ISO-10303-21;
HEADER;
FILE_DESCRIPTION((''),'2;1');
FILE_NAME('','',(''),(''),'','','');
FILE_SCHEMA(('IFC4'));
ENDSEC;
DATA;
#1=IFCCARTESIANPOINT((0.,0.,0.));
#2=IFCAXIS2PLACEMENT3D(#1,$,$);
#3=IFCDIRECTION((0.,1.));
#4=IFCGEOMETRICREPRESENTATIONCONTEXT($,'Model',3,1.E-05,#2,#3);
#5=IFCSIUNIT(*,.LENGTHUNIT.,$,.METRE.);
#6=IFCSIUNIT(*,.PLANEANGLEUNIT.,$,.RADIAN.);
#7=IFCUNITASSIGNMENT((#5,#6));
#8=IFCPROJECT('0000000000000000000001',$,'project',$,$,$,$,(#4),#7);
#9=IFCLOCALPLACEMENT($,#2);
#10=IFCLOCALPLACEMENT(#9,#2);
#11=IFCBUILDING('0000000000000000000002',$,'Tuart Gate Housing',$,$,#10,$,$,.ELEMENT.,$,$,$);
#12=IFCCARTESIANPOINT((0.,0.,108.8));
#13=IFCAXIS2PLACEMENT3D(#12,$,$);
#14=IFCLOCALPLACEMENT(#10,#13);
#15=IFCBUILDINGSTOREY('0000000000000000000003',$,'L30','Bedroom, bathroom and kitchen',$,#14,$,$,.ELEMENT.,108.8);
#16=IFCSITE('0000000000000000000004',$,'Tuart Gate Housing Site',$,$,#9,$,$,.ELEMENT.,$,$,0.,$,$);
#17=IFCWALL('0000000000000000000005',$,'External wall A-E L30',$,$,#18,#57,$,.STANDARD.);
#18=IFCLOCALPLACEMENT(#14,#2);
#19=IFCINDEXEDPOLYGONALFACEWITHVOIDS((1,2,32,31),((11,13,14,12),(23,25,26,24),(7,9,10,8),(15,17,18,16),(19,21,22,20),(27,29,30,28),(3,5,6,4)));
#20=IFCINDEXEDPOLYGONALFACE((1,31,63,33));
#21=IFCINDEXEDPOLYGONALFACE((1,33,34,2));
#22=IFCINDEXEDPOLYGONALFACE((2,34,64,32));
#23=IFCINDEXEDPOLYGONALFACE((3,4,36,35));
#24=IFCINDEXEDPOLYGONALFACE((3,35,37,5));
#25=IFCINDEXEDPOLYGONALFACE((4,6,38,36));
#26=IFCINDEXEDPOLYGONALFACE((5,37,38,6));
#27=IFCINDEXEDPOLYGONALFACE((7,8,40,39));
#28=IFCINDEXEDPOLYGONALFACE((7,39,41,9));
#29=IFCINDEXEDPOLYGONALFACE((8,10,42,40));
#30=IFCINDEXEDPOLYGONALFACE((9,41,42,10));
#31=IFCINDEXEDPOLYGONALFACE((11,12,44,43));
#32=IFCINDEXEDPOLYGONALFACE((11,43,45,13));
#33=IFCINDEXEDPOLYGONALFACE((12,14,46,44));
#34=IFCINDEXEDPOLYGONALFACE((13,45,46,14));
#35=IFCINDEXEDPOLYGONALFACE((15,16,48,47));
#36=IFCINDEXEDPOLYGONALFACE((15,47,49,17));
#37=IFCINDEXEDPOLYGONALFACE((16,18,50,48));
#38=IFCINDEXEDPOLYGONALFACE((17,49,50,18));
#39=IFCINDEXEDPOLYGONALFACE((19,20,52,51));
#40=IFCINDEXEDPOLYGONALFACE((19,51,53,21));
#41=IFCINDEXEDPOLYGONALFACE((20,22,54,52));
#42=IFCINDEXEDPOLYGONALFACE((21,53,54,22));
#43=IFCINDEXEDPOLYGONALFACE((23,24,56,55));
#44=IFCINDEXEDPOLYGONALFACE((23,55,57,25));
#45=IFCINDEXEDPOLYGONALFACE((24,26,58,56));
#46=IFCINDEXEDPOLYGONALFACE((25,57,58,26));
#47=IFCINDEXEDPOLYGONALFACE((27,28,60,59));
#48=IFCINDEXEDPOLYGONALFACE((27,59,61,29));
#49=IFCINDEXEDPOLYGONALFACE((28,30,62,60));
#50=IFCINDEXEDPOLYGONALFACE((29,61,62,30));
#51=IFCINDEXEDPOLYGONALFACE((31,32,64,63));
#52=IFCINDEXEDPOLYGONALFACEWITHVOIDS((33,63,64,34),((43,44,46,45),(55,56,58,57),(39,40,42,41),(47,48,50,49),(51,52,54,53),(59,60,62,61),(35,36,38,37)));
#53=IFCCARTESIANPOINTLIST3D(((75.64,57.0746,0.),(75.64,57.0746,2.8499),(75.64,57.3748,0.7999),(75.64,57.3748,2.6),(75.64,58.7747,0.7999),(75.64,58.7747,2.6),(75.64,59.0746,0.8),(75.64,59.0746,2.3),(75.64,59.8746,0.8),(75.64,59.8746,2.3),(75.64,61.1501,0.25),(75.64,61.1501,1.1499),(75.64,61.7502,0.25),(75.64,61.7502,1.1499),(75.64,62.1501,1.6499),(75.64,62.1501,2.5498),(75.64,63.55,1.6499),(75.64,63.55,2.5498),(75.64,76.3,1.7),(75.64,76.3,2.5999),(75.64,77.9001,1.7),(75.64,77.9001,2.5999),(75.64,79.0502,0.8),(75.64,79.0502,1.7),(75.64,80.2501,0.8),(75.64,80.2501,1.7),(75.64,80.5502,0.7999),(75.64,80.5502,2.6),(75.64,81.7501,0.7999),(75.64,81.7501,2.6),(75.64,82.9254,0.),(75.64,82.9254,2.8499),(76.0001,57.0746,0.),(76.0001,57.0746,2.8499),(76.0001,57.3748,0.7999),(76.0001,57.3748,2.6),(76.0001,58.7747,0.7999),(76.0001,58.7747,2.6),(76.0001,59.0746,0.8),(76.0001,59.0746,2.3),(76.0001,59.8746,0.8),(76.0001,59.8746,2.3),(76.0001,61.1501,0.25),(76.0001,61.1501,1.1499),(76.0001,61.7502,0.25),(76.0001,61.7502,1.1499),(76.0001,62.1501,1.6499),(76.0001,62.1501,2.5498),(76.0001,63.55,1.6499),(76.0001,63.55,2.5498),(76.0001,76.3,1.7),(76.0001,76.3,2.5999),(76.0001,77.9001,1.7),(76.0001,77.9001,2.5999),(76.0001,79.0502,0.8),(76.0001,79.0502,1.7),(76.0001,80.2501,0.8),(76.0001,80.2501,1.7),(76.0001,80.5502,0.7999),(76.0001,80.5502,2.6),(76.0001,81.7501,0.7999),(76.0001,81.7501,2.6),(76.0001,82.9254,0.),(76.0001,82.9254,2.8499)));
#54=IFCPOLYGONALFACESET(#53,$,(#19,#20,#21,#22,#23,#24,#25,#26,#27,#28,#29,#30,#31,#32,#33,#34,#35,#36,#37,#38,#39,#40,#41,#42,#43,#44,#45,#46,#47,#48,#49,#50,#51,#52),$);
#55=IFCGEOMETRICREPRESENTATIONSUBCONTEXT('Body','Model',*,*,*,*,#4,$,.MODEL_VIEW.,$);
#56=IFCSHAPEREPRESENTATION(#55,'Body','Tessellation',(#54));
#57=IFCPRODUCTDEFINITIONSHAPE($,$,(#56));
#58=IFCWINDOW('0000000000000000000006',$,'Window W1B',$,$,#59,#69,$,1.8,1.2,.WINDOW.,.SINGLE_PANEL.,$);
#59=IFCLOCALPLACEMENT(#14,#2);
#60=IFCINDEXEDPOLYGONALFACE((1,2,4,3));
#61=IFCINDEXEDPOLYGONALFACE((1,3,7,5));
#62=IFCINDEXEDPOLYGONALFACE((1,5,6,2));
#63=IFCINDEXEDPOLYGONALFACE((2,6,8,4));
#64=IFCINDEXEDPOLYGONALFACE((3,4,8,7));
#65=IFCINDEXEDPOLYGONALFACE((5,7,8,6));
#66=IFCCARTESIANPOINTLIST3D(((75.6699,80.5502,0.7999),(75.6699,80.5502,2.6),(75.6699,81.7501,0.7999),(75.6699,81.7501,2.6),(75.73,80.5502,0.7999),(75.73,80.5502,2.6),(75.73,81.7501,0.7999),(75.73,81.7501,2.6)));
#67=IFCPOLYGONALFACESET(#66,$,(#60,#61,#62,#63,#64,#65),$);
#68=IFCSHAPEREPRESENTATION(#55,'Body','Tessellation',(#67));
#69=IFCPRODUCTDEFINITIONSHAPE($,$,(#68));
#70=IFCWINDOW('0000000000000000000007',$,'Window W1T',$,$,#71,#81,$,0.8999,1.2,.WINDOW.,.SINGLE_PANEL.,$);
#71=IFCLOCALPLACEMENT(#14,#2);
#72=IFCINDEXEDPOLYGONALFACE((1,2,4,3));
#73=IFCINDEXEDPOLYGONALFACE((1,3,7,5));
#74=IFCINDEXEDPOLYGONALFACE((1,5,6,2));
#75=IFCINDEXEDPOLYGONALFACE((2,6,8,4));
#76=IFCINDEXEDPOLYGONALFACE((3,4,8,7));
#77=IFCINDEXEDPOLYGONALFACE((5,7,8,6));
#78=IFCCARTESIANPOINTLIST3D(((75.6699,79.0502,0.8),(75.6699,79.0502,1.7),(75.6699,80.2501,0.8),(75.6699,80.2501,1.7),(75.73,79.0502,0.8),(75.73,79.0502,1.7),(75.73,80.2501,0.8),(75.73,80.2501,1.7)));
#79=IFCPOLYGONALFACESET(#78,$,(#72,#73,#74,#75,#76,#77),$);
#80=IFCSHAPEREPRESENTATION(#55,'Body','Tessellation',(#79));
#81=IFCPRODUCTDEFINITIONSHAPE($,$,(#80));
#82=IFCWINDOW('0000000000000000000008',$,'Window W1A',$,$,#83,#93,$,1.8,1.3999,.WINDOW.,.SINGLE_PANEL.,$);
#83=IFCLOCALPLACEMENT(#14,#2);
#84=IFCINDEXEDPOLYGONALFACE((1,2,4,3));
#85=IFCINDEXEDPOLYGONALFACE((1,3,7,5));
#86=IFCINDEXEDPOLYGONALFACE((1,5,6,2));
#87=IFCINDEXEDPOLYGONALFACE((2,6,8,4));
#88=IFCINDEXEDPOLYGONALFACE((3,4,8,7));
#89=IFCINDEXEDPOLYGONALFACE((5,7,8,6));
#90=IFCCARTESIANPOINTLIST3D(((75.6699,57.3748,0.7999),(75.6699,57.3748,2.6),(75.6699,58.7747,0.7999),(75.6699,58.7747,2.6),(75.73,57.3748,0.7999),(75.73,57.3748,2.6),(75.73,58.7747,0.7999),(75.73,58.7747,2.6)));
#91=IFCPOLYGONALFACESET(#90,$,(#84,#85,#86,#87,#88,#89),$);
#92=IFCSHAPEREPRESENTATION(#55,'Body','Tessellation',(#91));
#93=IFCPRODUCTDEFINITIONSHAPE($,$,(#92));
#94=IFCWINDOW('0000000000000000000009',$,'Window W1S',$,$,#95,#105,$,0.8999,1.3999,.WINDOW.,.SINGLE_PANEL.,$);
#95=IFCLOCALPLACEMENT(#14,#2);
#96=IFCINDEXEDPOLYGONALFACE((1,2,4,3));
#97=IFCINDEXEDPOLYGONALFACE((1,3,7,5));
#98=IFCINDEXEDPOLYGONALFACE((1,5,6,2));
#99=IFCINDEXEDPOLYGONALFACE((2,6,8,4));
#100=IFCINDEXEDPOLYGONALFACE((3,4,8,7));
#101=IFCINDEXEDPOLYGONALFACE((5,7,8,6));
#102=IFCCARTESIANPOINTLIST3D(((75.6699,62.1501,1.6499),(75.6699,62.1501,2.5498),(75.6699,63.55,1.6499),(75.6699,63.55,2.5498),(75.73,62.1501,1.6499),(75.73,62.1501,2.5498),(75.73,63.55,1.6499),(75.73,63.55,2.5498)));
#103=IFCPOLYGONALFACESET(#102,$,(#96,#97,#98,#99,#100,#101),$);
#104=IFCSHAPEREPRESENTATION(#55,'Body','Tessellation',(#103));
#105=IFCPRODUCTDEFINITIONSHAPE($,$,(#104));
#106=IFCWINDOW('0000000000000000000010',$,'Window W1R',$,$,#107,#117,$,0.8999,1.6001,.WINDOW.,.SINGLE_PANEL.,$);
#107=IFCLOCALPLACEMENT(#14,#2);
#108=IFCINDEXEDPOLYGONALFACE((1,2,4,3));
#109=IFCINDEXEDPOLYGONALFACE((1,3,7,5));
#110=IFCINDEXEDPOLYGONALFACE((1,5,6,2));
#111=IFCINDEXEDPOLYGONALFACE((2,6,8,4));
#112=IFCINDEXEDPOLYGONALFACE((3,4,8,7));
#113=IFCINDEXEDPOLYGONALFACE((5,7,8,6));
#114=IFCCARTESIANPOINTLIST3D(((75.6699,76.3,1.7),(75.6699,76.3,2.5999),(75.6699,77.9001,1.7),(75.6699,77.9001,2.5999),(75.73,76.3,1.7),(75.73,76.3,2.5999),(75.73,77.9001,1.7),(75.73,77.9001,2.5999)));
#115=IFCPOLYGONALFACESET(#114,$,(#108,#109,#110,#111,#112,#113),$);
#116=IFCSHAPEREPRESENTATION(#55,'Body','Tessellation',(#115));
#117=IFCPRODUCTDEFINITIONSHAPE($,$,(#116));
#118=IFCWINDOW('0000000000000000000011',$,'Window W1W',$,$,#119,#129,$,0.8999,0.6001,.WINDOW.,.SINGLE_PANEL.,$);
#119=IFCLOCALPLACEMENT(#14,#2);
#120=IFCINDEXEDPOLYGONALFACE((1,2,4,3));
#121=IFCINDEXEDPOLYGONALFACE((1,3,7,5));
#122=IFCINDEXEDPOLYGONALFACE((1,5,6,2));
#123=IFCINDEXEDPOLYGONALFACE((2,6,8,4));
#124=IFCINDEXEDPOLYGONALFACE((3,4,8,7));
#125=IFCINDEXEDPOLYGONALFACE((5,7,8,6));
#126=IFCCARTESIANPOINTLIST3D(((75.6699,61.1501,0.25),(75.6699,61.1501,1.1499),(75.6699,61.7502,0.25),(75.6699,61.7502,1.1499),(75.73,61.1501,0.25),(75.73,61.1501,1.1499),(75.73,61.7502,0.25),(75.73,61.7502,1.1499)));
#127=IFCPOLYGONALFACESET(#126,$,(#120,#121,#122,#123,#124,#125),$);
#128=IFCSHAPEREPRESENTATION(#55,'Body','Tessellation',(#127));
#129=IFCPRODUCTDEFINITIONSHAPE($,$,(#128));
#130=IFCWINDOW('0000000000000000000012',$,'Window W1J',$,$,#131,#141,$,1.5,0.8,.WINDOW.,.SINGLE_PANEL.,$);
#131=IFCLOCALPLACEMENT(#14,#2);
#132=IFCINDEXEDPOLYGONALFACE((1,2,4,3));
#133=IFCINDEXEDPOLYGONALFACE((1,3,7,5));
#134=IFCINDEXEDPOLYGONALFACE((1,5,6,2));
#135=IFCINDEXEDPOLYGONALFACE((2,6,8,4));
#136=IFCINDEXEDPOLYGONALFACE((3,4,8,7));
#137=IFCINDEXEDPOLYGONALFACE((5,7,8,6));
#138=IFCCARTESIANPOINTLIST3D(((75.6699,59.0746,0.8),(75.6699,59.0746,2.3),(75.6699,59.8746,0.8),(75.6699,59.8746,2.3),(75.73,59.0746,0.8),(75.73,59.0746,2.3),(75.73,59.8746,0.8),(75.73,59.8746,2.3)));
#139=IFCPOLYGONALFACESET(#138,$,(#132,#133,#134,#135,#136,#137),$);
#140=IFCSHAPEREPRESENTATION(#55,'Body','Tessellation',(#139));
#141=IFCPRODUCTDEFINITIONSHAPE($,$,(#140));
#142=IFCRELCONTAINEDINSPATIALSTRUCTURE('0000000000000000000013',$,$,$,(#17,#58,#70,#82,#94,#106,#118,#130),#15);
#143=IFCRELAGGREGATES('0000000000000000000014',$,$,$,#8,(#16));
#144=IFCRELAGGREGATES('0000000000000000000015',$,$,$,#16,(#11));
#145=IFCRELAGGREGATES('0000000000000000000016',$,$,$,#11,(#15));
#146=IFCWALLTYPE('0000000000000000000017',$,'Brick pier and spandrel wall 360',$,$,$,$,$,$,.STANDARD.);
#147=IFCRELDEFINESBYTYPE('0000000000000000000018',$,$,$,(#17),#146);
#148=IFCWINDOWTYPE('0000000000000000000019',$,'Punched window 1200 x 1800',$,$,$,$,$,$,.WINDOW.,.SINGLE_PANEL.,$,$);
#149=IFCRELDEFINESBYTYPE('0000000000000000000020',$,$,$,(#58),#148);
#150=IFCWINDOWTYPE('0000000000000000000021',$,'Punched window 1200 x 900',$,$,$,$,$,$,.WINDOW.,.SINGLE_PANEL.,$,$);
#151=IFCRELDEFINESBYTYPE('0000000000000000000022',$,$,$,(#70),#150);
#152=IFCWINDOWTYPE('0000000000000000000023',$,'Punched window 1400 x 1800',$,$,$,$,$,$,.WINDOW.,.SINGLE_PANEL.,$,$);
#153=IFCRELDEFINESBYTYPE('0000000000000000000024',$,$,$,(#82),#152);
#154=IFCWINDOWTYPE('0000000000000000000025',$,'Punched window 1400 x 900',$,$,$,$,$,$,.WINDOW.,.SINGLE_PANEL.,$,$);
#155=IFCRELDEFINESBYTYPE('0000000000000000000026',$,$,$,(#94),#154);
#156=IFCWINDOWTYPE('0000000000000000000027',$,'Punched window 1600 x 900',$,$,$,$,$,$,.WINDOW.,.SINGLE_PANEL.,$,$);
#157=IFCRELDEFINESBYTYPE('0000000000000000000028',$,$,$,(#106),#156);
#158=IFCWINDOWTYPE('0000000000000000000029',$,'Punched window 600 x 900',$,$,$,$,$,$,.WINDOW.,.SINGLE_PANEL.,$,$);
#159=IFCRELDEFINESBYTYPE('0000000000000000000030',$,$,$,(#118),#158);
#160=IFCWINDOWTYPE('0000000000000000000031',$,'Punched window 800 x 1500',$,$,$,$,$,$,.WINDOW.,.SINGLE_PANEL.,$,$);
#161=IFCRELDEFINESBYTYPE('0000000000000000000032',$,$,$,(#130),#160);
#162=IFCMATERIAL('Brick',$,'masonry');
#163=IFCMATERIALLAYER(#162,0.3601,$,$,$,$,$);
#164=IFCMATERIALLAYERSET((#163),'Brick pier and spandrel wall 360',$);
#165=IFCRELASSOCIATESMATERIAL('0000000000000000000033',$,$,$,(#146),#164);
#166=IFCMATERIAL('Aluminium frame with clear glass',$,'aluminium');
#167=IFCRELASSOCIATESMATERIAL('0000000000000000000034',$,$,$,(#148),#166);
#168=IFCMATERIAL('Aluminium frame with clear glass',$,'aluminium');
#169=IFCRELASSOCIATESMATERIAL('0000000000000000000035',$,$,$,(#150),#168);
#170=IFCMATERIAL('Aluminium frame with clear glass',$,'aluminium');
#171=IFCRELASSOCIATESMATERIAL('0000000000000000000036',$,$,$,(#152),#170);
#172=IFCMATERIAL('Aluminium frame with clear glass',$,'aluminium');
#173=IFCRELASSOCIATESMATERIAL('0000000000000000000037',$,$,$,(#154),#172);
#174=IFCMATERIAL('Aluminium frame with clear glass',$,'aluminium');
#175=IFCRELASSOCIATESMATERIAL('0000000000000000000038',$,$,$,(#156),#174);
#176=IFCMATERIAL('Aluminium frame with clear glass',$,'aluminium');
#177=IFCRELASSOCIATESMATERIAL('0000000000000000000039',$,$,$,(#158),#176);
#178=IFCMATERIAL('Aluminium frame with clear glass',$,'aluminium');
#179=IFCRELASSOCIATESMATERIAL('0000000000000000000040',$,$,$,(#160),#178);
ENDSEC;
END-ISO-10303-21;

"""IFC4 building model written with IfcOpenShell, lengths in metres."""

from ifc_helpers import new_model, si_unit, direction, frame, frame_2d, origin, place, context, subcontext, project, spatial, rectangle, extrude, material, layer, layer_set, type_object, element, fill, save


model = new_model("IFC4")

# Units and contexts
model_context = context("Model", 3, precision=1e-05, world=origin(), true_north=direction((0.0, 1.0)))
body_context = subcontext(model_context, "Body", "Model", "MODEL_VIEW")
ifc_project = project(units=[si_unit("LENGTHUNIT", "METRE"), si_unit("PLANEANGLEUNIT", "RADIAN")], contexts=[model_context])

# Site, building, storey
site_placement = place(None, origin())
site = spatial("IfcSite", under=ifc_project, at=site_placement, Name="Tuart Gate Housing Site", CompositionType="ELEMENT", RefElevation=0.0)
building_placement = place(site_placement, origin())
building = spatial("IfcBuilding", under=site, at=building_placement, Name="Tuart Gate Housing", CompositionType="ELEMENT")
storey_placement = place(building_placement, frame((0.0, 0.0, 108.8)))
storey = spatial("IfcBuildingStorey", under=building, at=storey_placement, Name="L30", Description="Bedroom, bathroom and kitchen", CompositionType="ELEMENT", Elevation=108.8)

# Shared definitions
ifc_material_1 = material(Name="Brick", Category="masonry")
ifc_layer = layer(ifc_material_1, 0.3601)
ifc_layer_set = layer_set([ifc_layer], Name="Brick pier and spandrel wall 360")
wall_type = type_object("IfcWallType", Name="Brick pier and spandrel wall 360", PredefinedType="STANDARD", material=ifc_layer_set)

# Wall, openings, windows
wall_1_placement = place(storey_placement, frame((75.8201, 57.0747, 0.0), z_axis=(0.0, 0.0, 1.0), x_axis=(0.0, 1.0, 0.0)))
wall_1 = element("IfcWall", 1, at=wall_1_placement, inside=storey, type_object=wall_type, Name="External wall A-E L30", PredefinedType="STANDARD", context=body_context, shape_type="SweptSolid", body=[
    extrude(rectangle(XDim=25.8508, YDim=0.3601, at=frame_2d((12.9253, 0.0))), origin(), (0.0, 0.0, 1.0), 2.8499),
])
opening_1_placement = place(wall_1_placement, frame((0.3, 0.0, 0.8)))
opening_1 = element("IfcOpeningElement", 2, at=opening_1_placement, cuts=wall_1, PredefinedType="OPENING", context=body_context, shape_type="SweptSolid", body=[
    extrude(rectangle(XDim=1.3999, YDim=1.8, at=frame_2d((0.7, 0.8999))), frame((0.0, 0.1899, 0.0), z_axis=(0.0, -1.0, 0.0), x_axis=(1.0, 0.0, 0.0)), (0.0, 0.0, 1.0), 0.3801),
])
opening_2_placement = place(wall_1_placement, frame((4.0754, 0.0, 0.25)))
opening_2 = element("IfcOpeningElement", 3, at=opening_2_placement, cuts=wall_1, PredefinedType="OPENING", context=body_context, shape_type="SweptSolid", body=[
    extrude(rectangle(XDim=0.6001, YDim=0.8999, at=frame_2d((0.3, 0.45))), frame((0.0, 0.1899, 0.0), z_axis=(0.0, -1.0, 0.0), x_axis=(1.0, 0.0, 0.0)), (0.0, 0.0, 1.0), 0.3801),
])
opening_3_placement = place(wall_1_placement, frame((19.2253, 0.0, 1.7)))
opening_3 = element("IfcOpeningElement", 4, at=opening_3_placement, cuts=wall_1, PredefinedType="OPENING", context=body_context, shape_type="SweptSolid", body=[
    extrude(rectangle(XDim=1.6001, YDim=0.8999, at=frame_2d((0.8, 0.45))), frame((0.0, 0.1899, 0.0), z_axis=(0.0, -1.0, 0.0), x_axis=(1.0, 0.0, 0.0)), (0.0, 0.0, 1.0), 0.3801),
])
opening_4_placement = place(wall_1_placement, frame((21.9753, 0.0, 0.8)))
opening_4 = element("IfcOpeningElement", 5, at=opening_4_placement, cuts=wall_1, PredefinedType="OPENING", context=body_context, shape_type="SweptSolid", body=[
    extrude(rectangle(XDim=1.2, YDim=0.8999, at=frame_2d((0.6001, 0.45))), frame((0.0, 0.1899, 0.0), z_axis=(0.0, -1.0, 0.0), x_axis=(1.0, 0.0, 0.0)), (0.0, 0.0, 1.0), 0.3801),
])
opening_5_placement = place(wall_1_placement, frame((2.0, 0.0, 0.8)))
opening_5 = element("IfcOpeningElement", 6, at=opening_5_placement, cuts=wall_1, PredefinedType="OPENING", context=body_context, shape_type="SweptSolid", body=[
    extrude(rectangle(XDim=0.8, YDim=1.5, at=frame_2d((0.3999, 0.75))), frame((0.0, 0.1899, 0.0), z_axis=(0.0, -1.0, 0.0), x_axis=(1.0, 0.0, 0.0)), (0.0, 0.0, 1.0), 0.3801),
])
opening_6_placement = place(wall_1_placement, frame((5.0754, 0.0, 1.6499)))
opening_6 = element("IfcOpeningElement", 7, at=opening_6_placement, cuts=wall_1, PredefinedType="OPENING", context=body_context, shape_type="SweptSolid", body=[
    extrude(rectangle(XDim=1.3999, YDim=0.8999, at=frame_2d((0.7, 0.45))), frame((0.0, 0.1899, 0.0), z_axis=(0.0, -1.0, 0.0), x_axis=(1.0, 0.0, 0.0)), (0.0, 0.0, 1.0), 0.3801),
])
opening_7_placement = place(wall_1_placement, frame((23.4753, 0.0, 0.8)))
opening_7 = element("IfcOpeningElement", 8, at=opening_7_placement, cuts=wall_1, PredefinedType="OPENING", context=body_context, shape_type="SweptSolid", body=[
    extrude(rectangle(XDim=1.2, YDim=1.8, at=frame_2d((0.6001, 0.8999))), frame((0.0, 0.1899, 0.0), z_axis=(0.0, -1.0, 0.0), x_axis=(1.0, 0.0, 0.0)), (0.0, 0.0, 1.0), 0.3801),
])
ifc_material_2 = material(Name="Aluminium frame with clear glass", Category="aluminium")
window_type_1 = type_object("IfcWindowType", Name="Punched window 1200 x 1800", PartitioningType="SINGLE_PANEL", PredefinedType="WINDOW", material=ifc_material_2)
window_1_placement = place(opening_7_placement, origin())
window_1 = element("IfcWindow", 9, at=window_1_placement, inside=storey, type_object=window_type_1, Name="Window W1B", OverallHeight=1.8, OverallWidth=1.2, PartitioningType="SINGLE_PANEL", PredefinedType="WINDOW", context=body_context, shape_type="SweptSolid", body=[
    extrude(rectangle(XDim=1.2, YDim=1.8, at=frame_2d((0.6001, 0.8999))), frame((0.0, 0.1501, 0.0), z_axis=(0.0, -1.0, 0.0), x_axis=(1.0, 0.0, 0.0)), (0.0, 0.0, 1.0), 0.0601),
])
fill(opening_7, window_1)
ifc_material_3 = material(Name="Aluminium frame with clear glass", Category="aluminium")
window_type_2 = type_object("IfcWindowType", Name="Punched window 1200 x 900", PartitioningType="SINGLE_PANEL", PredefinedType="WINDOW", material=ifc_material_3)
window_2_placement = place(opening_4_placement, origin())
window_2 = element("IfcWindow", 10, at=window_2_placement, inside=storey, type_object=window_type_2, Name="Window W1T", OverallHeight=0.8999, OverallWidth=1.2, PartitioningType="SINGLE_PANEL", PredefinedType="WINDOW", context=body_context, shape_type="SweptSolid", body=[
    extrude(rectangle(XDim=1.2, YDim=0.8999, at=frame_2d((0.6001, 0.45))), frame((0.0, 0.1501, 0.0), z_axis=(0.0, -1.0, 0.0), x_axis=(1.0, 0.0, 0.0)), (0.0, 0.0, 1.0), 0.0601),
])
fill(opening_4, window_2)
ifc_material_4 = material(Name="Aluminium frame with clear glass", Category="aluminium")
window_type_3 = type_object("IfcWindowType", Name="Punched window 1400 x 1800", PartitioningType="SINGLE_PANEL", PredefinedType="WINDOW", material=ifc_material_4)
window_3_placement = place(opening_1_placement, origin())
window_3 = element("IfcWindow", 11, at=window_3_placement, inside=storey, type_object=window_type_3, Name="Window W1A", OverallHeight=1.8, OverallWidth=1.3999, PartitioningType="SINGLE_PANEL", PredefinedType="WINDOW", context=body_context, shape_type="SweptSolid", body=[
    extrude(rectangle(XDim=1.3999, YDim=1.8, at=frame_2d((0.7, 0.8999))), frame((0.0, 0.1501, 0.0), z_axis=(0.0, -1.0, 0.0), x_axis=(1.0, 0.0, 0.0)), (0.0, 0.0, 1.0), 0.0601),
])
fill(opening_1, window_3)
ifc_material_5 = material(Name="Aluminium frame with clear glass", Category="aluminium")
window_type_4 = type_object("IfcWindowType", Name="Punched window 1400 x 900", PartitioningType="SINGLE_PANEL", PredefinedType="WINDOW", material=ifc_material_5)
window_4_placement = place(opening_6_placement, origin())
window_4 = element("IfcWindow", 12, at=window_4_placement, inside=storey, type_object=window_type_4, Name="Window W1S", OverallHeight=0.8999, OverallWidth=1.3999, PartitioningType="SINGLE_PANEL", PredefinedType="WINDOW", context=body_context, shape_type="SweptSolid", body=[
    extrude(rectangle(XDim=1.3999, YDim=0.8999, at=frame_2d((0.7, 0.45))), frame((0.0, 0.1501, 0.0), z_axis=(0.0, -1.0, 0.0), x_axis=(1.0, 0.0, 0.0)), (0.0, 0.0, 1.0), 0.0601),
])
fill(opening_6, window_4)
ifc_material_6 = material(Name="Aluminium frame with clear glass", Category="aluminium")
window_type_5 = type_object("IfcWindowType", Name="Punched window 1600 x 900", PartitioningType="SINGLE_PANEL", PredefinedType="WINDOW", material=ifc_material_6)
window_5_placement = place(opening_3_placement, origin())
window_5 = element("IfcWindow", 13, at=window_5_placement, inside=storey, type_object=window_type_5, Name="Window W1R", OverallHeight=0.8999, OverallWidth=1.6001, PartitioningType="SINGLE_PANEL", PredefinedType="WINDOW", context=body_context, shape_type="SweptSolid", body=[
    extrude(rectangle(XDim=1.6001, YDim=0.8999, at=frame_2d((0.8, 0.45))), frame((0.0, 0.1501, 0.0), z_axis=(0.0, -1.0, 0.0), x_axis=(1.0, 0.0, 0.0)), (0.0, 0.0, 1.0), 0.0601),
])
fill(opening_3, window_5)
ifc_material_7 = material(Name="Aluminium frame with clear glass", Category="aluminium")
window_type_6 = type_object("IfcWindowType", Name="Punched window 600 x 900", PartitioningType="SINGLE_PANEL", PredefinedType="WINDOW", material=ifc_material_7)
window_6_placement = place(opening_2_placement, origin())
window_6 = element("IfcWindow", 14, at=window_6_placement, inside=storey, type_object=window_type_6, Name="Window W1W", OverallHeight=0.8999, OverallWidth=0.6001, PartitioningType="SINGLE_PANEL", PredefinedType="WINDOW", context=body_context, shape_type="SweptSolid", body=[
    extrude(rectangle(XDim=0.6001, YDim=0.8999, at=frame_2d((0.3, 0.45))), frame((0.0, 0.1501, 0.0), z_axis=(0.0, -1.0, 0.0), x_axis=(1.0, 0.0, 0.0)), (0.0, 0.0, 1.0), 0.0601),
])
fill(opening_2, window_6)
ifc_material_8 = material(Name="Aluminium frame with clear glass", Category="aluminium")
window_type_7 = type_object("IfcWindowType", Name="Punched window 800 x 1500", PartitioningType="SINGLE_PANEL", PredefinedType="WINDOW", material=ifc_material_8)
window_7_placement = place(opening_5_placement, origin())
window_7 = element("IfcWindow", 15, at=window_7_placement, inside=storey, type_object=window_type_7, Name="Window W1J", OverallHeight=1.5, OverallWidth=0.8, PartitioningType="SINGLE_PANEL", PredefinedType="WINDOW", context=body_context, shape_type="SweptSolid", body=[
    extrude(rectangle(XDim=0.8, YDim=1.5, at=frame_2d((0.3999, 0.75))), frame((0.0, 0.1501, 0.0), z_axis=(0.0, -1.0, 0.0), x_axis=(1.0, 0.0, 0.0)), (0.0, 0.0, 1.0), 0.0601),
])
fill(opening_5, window_7)

save(model, "model.ifc")
